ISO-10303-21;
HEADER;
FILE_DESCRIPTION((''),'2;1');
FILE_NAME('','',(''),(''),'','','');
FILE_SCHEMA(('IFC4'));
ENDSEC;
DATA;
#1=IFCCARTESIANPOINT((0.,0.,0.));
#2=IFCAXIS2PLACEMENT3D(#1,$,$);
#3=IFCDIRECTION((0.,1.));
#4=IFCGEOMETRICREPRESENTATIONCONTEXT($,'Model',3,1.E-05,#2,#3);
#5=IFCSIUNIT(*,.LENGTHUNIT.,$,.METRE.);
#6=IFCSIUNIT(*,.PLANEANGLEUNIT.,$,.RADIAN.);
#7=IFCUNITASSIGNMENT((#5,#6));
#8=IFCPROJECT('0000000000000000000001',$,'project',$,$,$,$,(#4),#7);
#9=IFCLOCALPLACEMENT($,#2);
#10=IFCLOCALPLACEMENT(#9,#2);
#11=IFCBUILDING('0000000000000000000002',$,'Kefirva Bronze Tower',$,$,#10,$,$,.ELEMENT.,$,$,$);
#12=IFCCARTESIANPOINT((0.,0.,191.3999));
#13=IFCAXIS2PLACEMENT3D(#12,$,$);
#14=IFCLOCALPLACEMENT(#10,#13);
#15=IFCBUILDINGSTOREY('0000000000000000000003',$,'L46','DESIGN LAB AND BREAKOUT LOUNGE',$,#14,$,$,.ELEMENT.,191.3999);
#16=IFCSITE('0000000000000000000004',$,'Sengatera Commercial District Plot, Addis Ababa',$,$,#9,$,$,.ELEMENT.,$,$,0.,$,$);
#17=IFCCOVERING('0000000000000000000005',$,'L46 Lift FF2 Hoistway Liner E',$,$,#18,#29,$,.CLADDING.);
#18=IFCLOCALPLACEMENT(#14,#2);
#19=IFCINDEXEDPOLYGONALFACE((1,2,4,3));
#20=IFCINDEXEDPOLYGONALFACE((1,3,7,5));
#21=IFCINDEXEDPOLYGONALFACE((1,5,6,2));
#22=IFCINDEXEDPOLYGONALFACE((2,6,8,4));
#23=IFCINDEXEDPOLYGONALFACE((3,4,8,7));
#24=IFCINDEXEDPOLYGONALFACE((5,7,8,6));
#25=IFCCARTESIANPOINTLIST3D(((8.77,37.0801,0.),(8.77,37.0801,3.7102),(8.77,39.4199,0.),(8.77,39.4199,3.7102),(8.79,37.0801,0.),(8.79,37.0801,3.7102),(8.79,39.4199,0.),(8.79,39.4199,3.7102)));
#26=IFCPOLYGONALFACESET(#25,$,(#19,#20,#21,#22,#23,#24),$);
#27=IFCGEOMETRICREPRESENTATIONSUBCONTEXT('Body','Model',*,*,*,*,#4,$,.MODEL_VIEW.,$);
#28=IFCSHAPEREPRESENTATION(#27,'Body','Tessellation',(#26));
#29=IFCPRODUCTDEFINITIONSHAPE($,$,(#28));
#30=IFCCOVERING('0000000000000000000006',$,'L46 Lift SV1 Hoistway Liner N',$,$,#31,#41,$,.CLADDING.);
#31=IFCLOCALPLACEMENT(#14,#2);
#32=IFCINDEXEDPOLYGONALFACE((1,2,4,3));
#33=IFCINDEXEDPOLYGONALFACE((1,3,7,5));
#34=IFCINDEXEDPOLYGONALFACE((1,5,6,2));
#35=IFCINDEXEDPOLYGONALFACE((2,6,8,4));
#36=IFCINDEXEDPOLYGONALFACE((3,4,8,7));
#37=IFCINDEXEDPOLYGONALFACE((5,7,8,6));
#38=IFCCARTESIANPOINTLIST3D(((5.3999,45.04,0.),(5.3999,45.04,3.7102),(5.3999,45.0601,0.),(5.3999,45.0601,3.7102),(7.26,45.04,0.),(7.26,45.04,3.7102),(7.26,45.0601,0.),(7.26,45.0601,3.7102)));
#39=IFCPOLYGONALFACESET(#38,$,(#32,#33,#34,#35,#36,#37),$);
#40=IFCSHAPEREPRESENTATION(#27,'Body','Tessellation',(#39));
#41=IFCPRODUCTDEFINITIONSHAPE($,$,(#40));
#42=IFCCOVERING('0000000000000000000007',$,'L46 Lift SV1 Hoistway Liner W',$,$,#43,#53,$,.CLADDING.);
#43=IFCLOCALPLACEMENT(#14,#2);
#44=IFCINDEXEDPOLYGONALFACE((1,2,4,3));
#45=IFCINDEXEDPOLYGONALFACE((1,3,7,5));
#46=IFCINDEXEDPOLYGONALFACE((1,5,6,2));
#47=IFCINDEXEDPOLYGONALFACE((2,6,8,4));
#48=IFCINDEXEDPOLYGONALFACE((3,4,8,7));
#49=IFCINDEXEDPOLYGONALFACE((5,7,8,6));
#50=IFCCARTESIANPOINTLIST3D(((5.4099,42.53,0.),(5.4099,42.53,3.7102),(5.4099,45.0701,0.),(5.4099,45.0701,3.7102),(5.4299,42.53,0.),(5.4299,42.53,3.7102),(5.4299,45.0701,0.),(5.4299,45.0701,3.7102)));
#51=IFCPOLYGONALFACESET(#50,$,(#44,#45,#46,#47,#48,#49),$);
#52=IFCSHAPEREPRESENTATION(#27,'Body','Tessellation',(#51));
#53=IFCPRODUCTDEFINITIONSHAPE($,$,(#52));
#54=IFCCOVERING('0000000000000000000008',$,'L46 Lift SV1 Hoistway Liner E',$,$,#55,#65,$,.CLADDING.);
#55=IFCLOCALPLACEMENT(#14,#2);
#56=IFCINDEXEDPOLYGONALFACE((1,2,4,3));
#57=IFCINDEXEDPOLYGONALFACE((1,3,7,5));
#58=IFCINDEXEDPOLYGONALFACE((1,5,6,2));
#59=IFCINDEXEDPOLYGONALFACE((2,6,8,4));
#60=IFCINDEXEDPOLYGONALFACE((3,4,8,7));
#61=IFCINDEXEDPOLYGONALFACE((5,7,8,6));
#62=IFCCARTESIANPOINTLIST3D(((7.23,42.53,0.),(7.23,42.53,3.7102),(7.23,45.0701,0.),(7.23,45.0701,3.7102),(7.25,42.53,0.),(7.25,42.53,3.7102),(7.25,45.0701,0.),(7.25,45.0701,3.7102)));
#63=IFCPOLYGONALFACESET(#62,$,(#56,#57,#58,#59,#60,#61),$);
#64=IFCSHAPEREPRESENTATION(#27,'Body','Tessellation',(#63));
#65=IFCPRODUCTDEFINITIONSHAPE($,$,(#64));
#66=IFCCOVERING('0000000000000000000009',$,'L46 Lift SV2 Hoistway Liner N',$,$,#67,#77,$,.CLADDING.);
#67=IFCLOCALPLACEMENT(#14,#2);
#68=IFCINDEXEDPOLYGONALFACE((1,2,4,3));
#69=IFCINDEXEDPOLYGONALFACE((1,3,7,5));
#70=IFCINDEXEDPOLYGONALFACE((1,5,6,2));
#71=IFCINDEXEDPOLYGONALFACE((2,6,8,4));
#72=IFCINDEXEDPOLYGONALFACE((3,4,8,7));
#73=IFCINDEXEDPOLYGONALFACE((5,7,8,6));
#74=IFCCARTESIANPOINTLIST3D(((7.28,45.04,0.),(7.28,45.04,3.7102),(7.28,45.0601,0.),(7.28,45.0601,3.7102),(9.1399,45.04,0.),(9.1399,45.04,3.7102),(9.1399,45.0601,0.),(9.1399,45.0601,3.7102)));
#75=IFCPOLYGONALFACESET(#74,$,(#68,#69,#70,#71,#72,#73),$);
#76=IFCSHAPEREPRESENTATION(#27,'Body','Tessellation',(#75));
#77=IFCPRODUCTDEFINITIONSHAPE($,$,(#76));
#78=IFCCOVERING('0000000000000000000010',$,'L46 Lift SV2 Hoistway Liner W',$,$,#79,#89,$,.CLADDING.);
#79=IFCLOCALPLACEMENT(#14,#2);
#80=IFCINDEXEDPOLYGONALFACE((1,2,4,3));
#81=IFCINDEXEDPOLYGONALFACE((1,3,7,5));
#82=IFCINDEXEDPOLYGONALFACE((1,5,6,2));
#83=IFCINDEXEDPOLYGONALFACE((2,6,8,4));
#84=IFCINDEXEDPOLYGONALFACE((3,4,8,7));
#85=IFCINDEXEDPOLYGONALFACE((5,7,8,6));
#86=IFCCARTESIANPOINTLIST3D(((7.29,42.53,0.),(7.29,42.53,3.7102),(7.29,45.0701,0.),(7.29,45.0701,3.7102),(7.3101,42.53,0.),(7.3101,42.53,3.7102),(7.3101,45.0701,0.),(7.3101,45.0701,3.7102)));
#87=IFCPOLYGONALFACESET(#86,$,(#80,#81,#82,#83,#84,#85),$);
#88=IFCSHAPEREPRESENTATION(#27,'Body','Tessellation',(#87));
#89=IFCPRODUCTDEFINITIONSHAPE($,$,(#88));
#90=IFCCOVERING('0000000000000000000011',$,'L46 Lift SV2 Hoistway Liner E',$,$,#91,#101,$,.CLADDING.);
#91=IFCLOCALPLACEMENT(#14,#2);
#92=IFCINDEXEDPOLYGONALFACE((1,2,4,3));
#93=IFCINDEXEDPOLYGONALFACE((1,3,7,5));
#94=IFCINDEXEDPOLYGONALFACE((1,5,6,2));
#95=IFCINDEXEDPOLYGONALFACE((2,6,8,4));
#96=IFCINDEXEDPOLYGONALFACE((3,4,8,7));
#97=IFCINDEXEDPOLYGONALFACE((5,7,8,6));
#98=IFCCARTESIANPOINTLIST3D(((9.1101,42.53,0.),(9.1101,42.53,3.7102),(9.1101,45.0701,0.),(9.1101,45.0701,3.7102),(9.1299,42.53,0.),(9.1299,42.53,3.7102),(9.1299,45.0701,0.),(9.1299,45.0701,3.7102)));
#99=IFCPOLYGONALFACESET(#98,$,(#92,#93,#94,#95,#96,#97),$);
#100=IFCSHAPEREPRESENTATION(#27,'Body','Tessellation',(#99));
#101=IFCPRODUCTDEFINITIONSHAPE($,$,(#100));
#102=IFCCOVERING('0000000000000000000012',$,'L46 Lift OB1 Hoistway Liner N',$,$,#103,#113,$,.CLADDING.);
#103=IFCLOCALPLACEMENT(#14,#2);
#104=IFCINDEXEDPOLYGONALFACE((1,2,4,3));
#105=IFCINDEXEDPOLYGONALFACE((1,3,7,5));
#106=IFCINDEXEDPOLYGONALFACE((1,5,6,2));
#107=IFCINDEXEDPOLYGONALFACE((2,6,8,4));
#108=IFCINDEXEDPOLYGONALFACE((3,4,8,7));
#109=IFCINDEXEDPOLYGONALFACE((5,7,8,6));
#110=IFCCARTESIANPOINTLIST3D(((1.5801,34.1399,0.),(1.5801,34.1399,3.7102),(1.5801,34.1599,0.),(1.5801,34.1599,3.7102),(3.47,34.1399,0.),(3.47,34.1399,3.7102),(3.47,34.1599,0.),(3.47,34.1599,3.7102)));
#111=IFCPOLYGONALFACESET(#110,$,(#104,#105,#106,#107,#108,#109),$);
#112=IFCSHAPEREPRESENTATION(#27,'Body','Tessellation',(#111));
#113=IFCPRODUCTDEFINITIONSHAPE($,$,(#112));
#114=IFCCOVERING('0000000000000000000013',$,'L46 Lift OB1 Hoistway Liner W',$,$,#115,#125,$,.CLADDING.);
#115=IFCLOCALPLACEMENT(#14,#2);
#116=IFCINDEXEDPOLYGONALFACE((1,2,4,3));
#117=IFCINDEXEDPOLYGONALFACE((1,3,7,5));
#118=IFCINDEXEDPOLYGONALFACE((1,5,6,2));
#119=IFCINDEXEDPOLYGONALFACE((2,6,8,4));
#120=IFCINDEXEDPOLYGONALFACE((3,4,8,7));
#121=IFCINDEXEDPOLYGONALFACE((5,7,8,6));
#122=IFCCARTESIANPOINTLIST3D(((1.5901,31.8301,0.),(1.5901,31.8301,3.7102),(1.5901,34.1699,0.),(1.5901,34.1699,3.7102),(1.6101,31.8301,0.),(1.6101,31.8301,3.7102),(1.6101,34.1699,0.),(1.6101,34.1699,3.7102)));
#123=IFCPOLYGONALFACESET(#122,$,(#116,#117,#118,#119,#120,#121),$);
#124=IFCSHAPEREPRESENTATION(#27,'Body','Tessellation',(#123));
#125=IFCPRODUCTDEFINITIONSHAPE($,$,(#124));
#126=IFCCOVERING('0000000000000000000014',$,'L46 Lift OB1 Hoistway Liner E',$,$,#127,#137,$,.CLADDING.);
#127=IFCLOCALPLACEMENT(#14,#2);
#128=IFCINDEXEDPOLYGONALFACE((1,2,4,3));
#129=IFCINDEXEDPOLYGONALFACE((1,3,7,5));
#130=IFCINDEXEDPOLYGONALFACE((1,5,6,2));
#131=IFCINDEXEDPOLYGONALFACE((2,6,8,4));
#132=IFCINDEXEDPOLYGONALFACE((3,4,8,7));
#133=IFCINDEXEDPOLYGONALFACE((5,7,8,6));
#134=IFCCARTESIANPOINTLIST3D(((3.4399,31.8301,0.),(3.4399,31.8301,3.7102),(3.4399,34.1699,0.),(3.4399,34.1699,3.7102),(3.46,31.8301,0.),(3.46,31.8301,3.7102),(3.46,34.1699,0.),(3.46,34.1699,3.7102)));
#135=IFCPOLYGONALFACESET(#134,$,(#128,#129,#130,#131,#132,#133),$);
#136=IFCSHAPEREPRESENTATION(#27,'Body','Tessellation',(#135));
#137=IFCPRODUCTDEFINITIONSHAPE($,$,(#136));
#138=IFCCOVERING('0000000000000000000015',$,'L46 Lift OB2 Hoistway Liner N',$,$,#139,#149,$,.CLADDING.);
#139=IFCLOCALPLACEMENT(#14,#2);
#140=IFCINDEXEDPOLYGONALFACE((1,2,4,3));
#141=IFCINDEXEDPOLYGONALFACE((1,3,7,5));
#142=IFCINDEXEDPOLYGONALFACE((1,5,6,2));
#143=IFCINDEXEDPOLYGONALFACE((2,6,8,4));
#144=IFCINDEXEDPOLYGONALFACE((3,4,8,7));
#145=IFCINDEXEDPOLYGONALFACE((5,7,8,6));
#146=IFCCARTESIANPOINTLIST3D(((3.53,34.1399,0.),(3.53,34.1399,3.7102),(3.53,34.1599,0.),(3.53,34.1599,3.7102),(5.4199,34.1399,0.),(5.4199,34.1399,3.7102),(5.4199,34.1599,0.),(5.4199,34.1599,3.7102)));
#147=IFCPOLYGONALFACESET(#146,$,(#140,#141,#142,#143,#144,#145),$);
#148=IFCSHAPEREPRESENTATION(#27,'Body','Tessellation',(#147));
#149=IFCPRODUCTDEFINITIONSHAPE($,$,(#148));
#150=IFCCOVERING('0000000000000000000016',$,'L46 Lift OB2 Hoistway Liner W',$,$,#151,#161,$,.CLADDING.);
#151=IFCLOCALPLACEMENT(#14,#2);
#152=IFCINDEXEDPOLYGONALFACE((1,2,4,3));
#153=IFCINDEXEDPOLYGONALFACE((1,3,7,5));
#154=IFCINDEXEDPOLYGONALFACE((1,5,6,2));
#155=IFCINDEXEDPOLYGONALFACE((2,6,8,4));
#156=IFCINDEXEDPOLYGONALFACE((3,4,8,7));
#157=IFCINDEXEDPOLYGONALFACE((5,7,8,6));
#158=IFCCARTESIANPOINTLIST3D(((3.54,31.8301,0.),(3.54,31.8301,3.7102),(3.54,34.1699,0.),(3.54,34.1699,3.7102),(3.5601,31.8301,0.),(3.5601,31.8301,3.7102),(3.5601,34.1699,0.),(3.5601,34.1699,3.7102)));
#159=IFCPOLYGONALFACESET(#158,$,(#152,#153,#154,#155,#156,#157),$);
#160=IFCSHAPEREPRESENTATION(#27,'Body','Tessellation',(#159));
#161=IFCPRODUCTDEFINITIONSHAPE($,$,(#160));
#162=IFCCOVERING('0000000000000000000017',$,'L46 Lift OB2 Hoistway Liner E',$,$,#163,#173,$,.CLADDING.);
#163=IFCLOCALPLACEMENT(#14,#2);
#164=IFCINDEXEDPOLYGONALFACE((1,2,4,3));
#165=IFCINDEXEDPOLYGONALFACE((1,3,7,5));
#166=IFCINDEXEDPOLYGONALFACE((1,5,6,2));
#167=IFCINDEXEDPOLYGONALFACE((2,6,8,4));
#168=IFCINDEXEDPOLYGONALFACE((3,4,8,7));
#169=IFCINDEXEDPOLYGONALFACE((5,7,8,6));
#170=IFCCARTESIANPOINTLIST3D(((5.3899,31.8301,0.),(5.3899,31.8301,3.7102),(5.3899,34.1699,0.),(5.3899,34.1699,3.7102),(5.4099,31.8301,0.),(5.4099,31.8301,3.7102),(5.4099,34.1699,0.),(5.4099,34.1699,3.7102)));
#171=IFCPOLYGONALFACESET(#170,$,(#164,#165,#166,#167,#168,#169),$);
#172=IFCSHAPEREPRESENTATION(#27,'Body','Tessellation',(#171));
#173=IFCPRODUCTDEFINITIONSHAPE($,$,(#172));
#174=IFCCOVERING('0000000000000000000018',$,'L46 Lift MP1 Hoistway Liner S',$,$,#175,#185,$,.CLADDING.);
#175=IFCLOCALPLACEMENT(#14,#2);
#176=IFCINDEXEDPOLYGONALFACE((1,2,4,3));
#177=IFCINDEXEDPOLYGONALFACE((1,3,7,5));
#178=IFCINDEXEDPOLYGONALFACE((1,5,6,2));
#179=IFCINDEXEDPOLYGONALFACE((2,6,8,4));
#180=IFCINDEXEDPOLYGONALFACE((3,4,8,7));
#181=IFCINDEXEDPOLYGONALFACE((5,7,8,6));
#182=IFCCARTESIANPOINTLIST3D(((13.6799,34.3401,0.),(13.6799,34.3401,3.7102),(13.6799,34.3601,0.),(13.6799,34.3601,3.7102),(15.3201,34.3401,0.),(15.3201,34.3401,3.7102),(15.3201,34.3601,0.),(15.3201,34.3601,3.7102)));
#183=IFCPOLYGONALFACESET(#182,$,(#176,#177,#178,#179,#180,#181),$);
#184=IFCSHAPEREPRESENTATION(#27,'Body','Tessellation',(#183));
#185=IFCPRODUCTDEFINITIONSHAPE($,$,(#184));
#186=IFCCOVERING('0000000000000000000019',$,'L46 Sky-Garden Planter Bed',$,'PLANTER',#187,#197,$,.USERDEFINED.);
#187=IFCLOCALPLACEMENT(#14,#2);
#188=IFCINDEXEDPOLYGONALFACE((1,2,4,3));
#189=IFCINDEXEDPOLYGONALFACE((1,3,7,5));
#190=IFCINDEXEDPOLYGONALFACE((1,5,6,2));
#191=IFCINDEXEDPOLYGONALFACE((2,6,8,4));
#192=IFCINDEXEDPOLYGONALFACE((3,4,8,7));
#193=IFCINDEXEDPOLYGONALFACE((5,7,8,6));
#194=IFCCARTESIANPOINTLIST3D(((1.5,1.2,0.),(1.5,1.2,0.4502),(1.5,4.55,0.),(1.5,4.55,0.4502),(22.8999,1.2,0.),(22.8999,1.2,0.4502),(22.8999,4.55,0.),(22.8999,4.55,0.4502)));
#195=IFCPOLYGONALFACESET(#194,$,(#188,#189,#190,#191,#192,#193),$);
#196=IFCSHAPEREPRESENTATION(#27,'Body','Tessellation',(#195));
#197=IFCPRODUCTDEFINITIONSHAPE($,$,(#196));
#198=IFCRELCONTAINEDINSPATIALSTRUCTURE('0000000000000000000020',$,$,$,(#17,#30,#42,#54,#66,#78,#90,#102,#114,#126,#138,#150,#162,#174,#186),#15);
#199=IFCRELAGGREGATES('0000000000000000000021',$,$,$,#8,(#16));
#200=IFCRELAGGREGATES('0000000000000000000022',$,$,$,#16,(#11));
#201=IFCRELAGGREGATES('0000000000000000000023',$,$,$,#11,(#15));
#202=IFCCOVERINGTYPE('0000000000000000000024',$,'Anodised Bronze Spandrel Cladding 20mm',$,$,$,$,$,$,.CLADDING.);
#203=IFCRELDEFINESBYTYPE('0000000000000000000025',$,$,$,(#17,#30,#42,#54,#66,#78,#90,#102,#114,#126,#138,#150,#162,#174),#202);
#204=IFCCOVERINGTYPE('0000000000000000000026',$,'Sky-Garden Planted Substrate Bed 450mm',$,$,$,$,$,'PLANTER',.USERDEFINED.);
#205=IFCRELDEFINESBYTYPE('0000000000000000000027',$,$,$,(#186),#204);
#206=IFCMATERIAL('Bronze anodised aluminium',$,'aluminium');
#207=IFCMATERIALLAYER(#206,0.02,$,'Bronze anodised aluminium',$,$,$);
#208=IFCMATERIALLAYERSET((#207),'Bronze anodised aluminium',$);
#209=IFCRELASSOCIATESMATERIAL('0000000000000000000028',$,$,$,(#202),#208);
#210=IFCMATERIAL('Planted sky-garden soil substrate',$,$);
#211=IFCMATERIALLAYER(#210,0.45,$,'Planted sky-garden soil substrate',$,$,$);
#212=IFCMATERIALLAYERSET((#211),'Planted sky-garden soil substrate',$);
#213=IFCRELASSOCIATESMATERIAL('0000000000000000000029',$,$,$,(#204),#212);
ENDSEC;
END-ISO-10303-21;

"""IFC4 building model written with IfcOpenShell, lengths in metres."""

from ifc_helpers import new_model, si_unit, direction, frame, origin, place, context, subcontext, project, spatial, polyline, outline, extrude, material, layer, layer_set, type_object, element, save


model = new_model("IFC4")

# Units and contexts
model_context = context("Model", 3, precision=1e-05, world=origin(), true_north=direction((0.0, 1.0)))
body_context = subcontext(model_context, "Body", "Model", "MODEL_VIEW")
ifc_project = project(units=[si_unit("LENGTHUNIT", "METRE"), si_unit("PLANEANGLEUNIT", "RADIAN")], contexts=[model_context])

# Site, building, storey
site_placement = place(None, origin())
site = spatial("IfcSite", under=ifc_project, at=site_placement, Name="Sengatera Commercial District Plot, Addis Ababa", CompositionType="ELEMENT", RefElevation=0.0)
building_placement = place(site_placement, origin())
building = spatial("IfcBuilding", under=site, at=building_placement, Name="Kefirva Bronze Tower", CompositionType="ELEMENT")
storey_placement = place(building_placement, frame((0.0, 0.0, 191.3999)))
storey = spatial("IfcBuildingStorey", under=building, at=storey_placement, Name="L46", Description="DESIGN LAB AND BREAKOUT LOUNGE", CompositionType="ELEMENT", Elevation=191.3999)

# Coverings
ifc_material_1 = material(Name="Bronze anodised aluminium", Category="aluminium")
ifc_layer_1 = layer(ifc_material_1, 0.02, Name="Bronze anodised aluminium")
ifc_layer_set_1 = layer_set([ifc_layer_1], Name="Bronze anodised aluminium")
covering_type_1 = type_object("IfcCoveringType", Name="Anodised Bronze Spandrel Cladding 20mm", PredefinedType="CLADDING", material=ifc_layer_set_1)
covering_1_placement = place(storey_placement, origin())
element("IfcCovering", 1, at=covering_1_placement, inside=storey, type_object=covering_type_1, Name="L46 Lift FF2 Hoistway Liner E", PredefinedType="CLADDING", context=body_context, shape_type="SweptSolid", body=[
    extrude(outline(polyline([(8.77, 37.0801), (8.79, 37.0801), (8.79, 39.4199), (8.77, 39.4199), (8.77, 37.0801)])), origin(), (0.0, 0.0, 1.0), 3.7102),
])
covering_2_placement = place(storey_placement, origin())
element("IfcCovering", 2, at=covering_2_placement, inside=storey, type_object=covering_type_1, Name="L46 Lift SV1 Hoistway Liner N", PredefinedType="CLADDING", context=body_context, shape_type="SweptSolid", body=[
    extrude(outline(polyline([(5.3999, 45.04), (7.26, 45.04), (7.26, 45.0601), (5.3999, 45.0601), (5.3999, 45.04)])), origin(), (0.0, 0.0, 1.0), 3.7102),
])
covering_3_placement = place(storey_placement, origin())
element("IfcCovering", 3, at=covering_3_placement, inside=storey, type_object=covering_type_1, Name="L46 Lift SV1 Hoistway Liner W", PredefinedType="CLADDING", context=body_context, shape_type="SweptSolid", body=[
    extrude(outline(polyline([(5.4099, 42.53), (5.4299, 42.53), (5.4299, 45.0701), (5.4099, 45.0701), (5.4099, 42.53)])), origin(), (0.0, 0.0, 1.0), 3.7102),
])
covering_4_placement = place(storey_placement, origin())
element("IfcCovering", 4, at=covering_4_placement, inside=storey, type_object=covering_type_1, Name="L46 Lift SV1 Hoistway Liner E", PredefinedType="CLADDING", context=body_context, shape_type="SweptSolid", body=[
    extrude(outline(polyline([(7.23, 42.53), (7.25, 42.53), (7.25, 45.0701), (7.23, 45.0701), (7.23, 42.53)])), origin(), (0.0, 0.0, 1.0), 3.7102),
])
covering_5_placement = place(storey_placement, origin())
element("IfcCovering", 5, at=covering_5_placement, inside=storey, type_object=covering_type_1, Name="L46 Lift SV2 Hoistway Liner N", PredefinedType="CLADDING", context=body_context, shape_type="SweptSolid", body=[
    extrude(outline(polyline([(7.28, 45.04), (9.1399, 45.04), (9.1399, 45.0601), (7.28, 45.0601), (7.28, 45.04)])), origin(), (0.0, 0.0, 1.0), 3.7102),
])
covering_6_placement = place(storey_placement, origin())
element("IfcCovering", 6, at=covering_6_placement, inside=storey, type_object=covering_type_1, Name="L46 Lift SV2 Hoistway Liner W", PredefinedType="CLADDING", context=body_context, shape_type="SweptSolid", body=[
    extrude(outline(polyline([(7.29, 42.53), (7.3101, 42.53), (7.3101, 45.0701), (7.29, 45.0701), (7.29, 42.53)])), origin(), (0.0, 0.0, 1.0), 3.7102),
])
covering_7_placement = place(storey_placement, origin())
element("IfcCovering", 7, at=covering_7_placement, inside=storey, type_object=covering_type_1, Name="L46 Lift SV2 Hoistway Liner E", PredefinedType="CLADDING", context=body_context, shape_type="SweptSolid", body=[
    extrude(outline(polyline([(9.1101, 42.53), (9.1299, 42.53), (9.1299, 45.0701), (9.1101, 45.0701), (9.1101, 42.53)])), origin(), (0.0, 0.0, 1.0), 3.7102),
])
covering_8_placement = place(storey_placement, origin())
element("IfcCovering", 8, at=covering_8_placement, inside=storey, type_object=covering_type_1, Name="L46 Lift OB1 Hoistway Liner N", PredefinedType="CLADDING", context=body_context, shape_type="SweptSolid", body=[
    extrude(outline(polyline([(1.5801, 34.1399), (3.47, 34.1399), (3.47, 34.1599), (1.5801, 34.1599), (1.5801, 34.1399)])), origin(), (0.0, 0.0, 1.0), 3.7102),
])
covering_9_placement = place(storey_placement, origin())
element("IfcCovering", 9, at=covering_9_placement, inside=storey, type_object=covering_type_1, Name="L46 Lift OB1 Hoistway Liner W", PredefinedType="CLADDING", context=body_context, shape_type="SweptSolid", body=[
    extrude(outline(polyline([(1.5901, 31.8301), (1.6101, 31.8301), (1.6101, 34.1699), (1.5901, 34.1699), (1.5901, 31.8301)])), origin(), (0.0, 0.0, 1.0), 3.7102),
])
covering_10_placement = place(storey_placement, origin())
element("IfcCovering", 10, at=covering_10_placement, inside=storey, type_object=covering_type_1, Name="L46 Lift OB1 Hoistway Liner E", PredefinedType="CLADDING", context=body_context, shape_type="SweptSolid", body=[
    extrude(outline(polyline([(3.4399, 31.8301), (3.46, 31.8301), (3.46, 34.1699), (3.4399, 34.1699), (3.4399, 31.8301)])), origin(), (0.0, 0.0, 1.0), 3.7102),
])
covering_11_placement = place(storey_placement, origin())
element("IfcCovering", 11, at=covering_11_placement, inside=storey, type_object=covering_type_1, Name="L46 Lift OB2 Hoistway Liner N", PredefinedType="CLADDING", context=body_context, shape_type="SweptSolid", body=[
    extrude(outline(polyline([(3.53, 34.1399), (5.4199, 34.1399), (5.4199, 34.1599), (3.53, 34.1599), (3.53, 34.1399)])), origin(), (0.0, 0.0, 1.0), 3.7102),
])
covering_12_placement = place(storey_placement, origin())
element("IfcCovering", 12, at=covering_12_placement, inside=storey, type_object=covering_type_1, Name="L46 Lift OB2 Hoistway Liner W", PredefinedType="CLADDING", context=body_context, shape_type="SweptSolid", body=[
    extrude(outline(polyline([(3.54, 31.8301), (3.5601, 31.8301), (3.5601, 34.1699), (3.54, 34.1699), (3.54, 31.8301)])), origin(), (0.0, 0.0, 1.0), 3.7102),
])
covering_13_placement = place(storey_placement, origin())
element("IfcCovering", 13, at=covering_13_placement, inside=storey, type_object=covering_type_1, Name="L46 Lift OB2 Hoistway Liner E", PredefinedType="CLADDING", context=body_context, shape_type="SweptSolid", body=[
    extrude(outline(polyline([(5.3899, 31.8301), (5.4099, 31.8301), (5.4099, 34.1699), (5.3899, 34.1699), (5.3899, 31.8301)])), origin(), (0.0, 0.0, 1.0), 3.7102),
])
covering_14_placement = place(storey_placement, origin())
element("IfcCovering", 14, at=covering_14_placement, inside=storey, type_object=covering_type_1, Name="L46 Lift MP1 Hoistway Liner S", PredefinedType="CLADDING", context=body_context, shape_type="SweptSolid", body=[
    extrude(outline(polyline([(13.6799, 34.3401), (15.3201, 34.3401), (15.3201, 34.3601), (13.6799, 34.3601), (13.6799, 34.3401)])), origin(), (0.0, 0.0, 1.0), 3.7102),
])
ifc_material_2 = material(Name="Planted sky-garden soil substrate")
ifc_layer_2 = layer(ifc_material_2, 0.45, Name="Planted sky-garden soil substrate")
ifc_layer_set_2 = layer_set([ifc_layer_2], Name="Planted sky-garden soil substrate")
covering_type_2 = type_object("IfcCoveringType", Name="Sky-Garden Planted Substrate Bed 450mm", ElementType="PLANTER", PredefinedType="USERDEFINED", material=ifc_layer_set_2)
covering_15_placement = place(storey_placement, origin())
element("IfcCovering", 15, at=covering_15_placement, inside=storey, type_object=covering_type_2, Name="L46 Sky-Garden Planter Bed", ObjectType="PLANTER", PredefinedType="USERDEFINED", context=body_context, shape_type="SweptSolid", body=[
    extrude(outline(polyline([(1.5, 1.2), (22.8999, 1.2), (22.8999, 4.55), (1.5, 4.55), (1.5, 1.2)])), origin(), (0.0, 0.0, 1.0), 0.4502),
])

save(model, "model.ifc")
